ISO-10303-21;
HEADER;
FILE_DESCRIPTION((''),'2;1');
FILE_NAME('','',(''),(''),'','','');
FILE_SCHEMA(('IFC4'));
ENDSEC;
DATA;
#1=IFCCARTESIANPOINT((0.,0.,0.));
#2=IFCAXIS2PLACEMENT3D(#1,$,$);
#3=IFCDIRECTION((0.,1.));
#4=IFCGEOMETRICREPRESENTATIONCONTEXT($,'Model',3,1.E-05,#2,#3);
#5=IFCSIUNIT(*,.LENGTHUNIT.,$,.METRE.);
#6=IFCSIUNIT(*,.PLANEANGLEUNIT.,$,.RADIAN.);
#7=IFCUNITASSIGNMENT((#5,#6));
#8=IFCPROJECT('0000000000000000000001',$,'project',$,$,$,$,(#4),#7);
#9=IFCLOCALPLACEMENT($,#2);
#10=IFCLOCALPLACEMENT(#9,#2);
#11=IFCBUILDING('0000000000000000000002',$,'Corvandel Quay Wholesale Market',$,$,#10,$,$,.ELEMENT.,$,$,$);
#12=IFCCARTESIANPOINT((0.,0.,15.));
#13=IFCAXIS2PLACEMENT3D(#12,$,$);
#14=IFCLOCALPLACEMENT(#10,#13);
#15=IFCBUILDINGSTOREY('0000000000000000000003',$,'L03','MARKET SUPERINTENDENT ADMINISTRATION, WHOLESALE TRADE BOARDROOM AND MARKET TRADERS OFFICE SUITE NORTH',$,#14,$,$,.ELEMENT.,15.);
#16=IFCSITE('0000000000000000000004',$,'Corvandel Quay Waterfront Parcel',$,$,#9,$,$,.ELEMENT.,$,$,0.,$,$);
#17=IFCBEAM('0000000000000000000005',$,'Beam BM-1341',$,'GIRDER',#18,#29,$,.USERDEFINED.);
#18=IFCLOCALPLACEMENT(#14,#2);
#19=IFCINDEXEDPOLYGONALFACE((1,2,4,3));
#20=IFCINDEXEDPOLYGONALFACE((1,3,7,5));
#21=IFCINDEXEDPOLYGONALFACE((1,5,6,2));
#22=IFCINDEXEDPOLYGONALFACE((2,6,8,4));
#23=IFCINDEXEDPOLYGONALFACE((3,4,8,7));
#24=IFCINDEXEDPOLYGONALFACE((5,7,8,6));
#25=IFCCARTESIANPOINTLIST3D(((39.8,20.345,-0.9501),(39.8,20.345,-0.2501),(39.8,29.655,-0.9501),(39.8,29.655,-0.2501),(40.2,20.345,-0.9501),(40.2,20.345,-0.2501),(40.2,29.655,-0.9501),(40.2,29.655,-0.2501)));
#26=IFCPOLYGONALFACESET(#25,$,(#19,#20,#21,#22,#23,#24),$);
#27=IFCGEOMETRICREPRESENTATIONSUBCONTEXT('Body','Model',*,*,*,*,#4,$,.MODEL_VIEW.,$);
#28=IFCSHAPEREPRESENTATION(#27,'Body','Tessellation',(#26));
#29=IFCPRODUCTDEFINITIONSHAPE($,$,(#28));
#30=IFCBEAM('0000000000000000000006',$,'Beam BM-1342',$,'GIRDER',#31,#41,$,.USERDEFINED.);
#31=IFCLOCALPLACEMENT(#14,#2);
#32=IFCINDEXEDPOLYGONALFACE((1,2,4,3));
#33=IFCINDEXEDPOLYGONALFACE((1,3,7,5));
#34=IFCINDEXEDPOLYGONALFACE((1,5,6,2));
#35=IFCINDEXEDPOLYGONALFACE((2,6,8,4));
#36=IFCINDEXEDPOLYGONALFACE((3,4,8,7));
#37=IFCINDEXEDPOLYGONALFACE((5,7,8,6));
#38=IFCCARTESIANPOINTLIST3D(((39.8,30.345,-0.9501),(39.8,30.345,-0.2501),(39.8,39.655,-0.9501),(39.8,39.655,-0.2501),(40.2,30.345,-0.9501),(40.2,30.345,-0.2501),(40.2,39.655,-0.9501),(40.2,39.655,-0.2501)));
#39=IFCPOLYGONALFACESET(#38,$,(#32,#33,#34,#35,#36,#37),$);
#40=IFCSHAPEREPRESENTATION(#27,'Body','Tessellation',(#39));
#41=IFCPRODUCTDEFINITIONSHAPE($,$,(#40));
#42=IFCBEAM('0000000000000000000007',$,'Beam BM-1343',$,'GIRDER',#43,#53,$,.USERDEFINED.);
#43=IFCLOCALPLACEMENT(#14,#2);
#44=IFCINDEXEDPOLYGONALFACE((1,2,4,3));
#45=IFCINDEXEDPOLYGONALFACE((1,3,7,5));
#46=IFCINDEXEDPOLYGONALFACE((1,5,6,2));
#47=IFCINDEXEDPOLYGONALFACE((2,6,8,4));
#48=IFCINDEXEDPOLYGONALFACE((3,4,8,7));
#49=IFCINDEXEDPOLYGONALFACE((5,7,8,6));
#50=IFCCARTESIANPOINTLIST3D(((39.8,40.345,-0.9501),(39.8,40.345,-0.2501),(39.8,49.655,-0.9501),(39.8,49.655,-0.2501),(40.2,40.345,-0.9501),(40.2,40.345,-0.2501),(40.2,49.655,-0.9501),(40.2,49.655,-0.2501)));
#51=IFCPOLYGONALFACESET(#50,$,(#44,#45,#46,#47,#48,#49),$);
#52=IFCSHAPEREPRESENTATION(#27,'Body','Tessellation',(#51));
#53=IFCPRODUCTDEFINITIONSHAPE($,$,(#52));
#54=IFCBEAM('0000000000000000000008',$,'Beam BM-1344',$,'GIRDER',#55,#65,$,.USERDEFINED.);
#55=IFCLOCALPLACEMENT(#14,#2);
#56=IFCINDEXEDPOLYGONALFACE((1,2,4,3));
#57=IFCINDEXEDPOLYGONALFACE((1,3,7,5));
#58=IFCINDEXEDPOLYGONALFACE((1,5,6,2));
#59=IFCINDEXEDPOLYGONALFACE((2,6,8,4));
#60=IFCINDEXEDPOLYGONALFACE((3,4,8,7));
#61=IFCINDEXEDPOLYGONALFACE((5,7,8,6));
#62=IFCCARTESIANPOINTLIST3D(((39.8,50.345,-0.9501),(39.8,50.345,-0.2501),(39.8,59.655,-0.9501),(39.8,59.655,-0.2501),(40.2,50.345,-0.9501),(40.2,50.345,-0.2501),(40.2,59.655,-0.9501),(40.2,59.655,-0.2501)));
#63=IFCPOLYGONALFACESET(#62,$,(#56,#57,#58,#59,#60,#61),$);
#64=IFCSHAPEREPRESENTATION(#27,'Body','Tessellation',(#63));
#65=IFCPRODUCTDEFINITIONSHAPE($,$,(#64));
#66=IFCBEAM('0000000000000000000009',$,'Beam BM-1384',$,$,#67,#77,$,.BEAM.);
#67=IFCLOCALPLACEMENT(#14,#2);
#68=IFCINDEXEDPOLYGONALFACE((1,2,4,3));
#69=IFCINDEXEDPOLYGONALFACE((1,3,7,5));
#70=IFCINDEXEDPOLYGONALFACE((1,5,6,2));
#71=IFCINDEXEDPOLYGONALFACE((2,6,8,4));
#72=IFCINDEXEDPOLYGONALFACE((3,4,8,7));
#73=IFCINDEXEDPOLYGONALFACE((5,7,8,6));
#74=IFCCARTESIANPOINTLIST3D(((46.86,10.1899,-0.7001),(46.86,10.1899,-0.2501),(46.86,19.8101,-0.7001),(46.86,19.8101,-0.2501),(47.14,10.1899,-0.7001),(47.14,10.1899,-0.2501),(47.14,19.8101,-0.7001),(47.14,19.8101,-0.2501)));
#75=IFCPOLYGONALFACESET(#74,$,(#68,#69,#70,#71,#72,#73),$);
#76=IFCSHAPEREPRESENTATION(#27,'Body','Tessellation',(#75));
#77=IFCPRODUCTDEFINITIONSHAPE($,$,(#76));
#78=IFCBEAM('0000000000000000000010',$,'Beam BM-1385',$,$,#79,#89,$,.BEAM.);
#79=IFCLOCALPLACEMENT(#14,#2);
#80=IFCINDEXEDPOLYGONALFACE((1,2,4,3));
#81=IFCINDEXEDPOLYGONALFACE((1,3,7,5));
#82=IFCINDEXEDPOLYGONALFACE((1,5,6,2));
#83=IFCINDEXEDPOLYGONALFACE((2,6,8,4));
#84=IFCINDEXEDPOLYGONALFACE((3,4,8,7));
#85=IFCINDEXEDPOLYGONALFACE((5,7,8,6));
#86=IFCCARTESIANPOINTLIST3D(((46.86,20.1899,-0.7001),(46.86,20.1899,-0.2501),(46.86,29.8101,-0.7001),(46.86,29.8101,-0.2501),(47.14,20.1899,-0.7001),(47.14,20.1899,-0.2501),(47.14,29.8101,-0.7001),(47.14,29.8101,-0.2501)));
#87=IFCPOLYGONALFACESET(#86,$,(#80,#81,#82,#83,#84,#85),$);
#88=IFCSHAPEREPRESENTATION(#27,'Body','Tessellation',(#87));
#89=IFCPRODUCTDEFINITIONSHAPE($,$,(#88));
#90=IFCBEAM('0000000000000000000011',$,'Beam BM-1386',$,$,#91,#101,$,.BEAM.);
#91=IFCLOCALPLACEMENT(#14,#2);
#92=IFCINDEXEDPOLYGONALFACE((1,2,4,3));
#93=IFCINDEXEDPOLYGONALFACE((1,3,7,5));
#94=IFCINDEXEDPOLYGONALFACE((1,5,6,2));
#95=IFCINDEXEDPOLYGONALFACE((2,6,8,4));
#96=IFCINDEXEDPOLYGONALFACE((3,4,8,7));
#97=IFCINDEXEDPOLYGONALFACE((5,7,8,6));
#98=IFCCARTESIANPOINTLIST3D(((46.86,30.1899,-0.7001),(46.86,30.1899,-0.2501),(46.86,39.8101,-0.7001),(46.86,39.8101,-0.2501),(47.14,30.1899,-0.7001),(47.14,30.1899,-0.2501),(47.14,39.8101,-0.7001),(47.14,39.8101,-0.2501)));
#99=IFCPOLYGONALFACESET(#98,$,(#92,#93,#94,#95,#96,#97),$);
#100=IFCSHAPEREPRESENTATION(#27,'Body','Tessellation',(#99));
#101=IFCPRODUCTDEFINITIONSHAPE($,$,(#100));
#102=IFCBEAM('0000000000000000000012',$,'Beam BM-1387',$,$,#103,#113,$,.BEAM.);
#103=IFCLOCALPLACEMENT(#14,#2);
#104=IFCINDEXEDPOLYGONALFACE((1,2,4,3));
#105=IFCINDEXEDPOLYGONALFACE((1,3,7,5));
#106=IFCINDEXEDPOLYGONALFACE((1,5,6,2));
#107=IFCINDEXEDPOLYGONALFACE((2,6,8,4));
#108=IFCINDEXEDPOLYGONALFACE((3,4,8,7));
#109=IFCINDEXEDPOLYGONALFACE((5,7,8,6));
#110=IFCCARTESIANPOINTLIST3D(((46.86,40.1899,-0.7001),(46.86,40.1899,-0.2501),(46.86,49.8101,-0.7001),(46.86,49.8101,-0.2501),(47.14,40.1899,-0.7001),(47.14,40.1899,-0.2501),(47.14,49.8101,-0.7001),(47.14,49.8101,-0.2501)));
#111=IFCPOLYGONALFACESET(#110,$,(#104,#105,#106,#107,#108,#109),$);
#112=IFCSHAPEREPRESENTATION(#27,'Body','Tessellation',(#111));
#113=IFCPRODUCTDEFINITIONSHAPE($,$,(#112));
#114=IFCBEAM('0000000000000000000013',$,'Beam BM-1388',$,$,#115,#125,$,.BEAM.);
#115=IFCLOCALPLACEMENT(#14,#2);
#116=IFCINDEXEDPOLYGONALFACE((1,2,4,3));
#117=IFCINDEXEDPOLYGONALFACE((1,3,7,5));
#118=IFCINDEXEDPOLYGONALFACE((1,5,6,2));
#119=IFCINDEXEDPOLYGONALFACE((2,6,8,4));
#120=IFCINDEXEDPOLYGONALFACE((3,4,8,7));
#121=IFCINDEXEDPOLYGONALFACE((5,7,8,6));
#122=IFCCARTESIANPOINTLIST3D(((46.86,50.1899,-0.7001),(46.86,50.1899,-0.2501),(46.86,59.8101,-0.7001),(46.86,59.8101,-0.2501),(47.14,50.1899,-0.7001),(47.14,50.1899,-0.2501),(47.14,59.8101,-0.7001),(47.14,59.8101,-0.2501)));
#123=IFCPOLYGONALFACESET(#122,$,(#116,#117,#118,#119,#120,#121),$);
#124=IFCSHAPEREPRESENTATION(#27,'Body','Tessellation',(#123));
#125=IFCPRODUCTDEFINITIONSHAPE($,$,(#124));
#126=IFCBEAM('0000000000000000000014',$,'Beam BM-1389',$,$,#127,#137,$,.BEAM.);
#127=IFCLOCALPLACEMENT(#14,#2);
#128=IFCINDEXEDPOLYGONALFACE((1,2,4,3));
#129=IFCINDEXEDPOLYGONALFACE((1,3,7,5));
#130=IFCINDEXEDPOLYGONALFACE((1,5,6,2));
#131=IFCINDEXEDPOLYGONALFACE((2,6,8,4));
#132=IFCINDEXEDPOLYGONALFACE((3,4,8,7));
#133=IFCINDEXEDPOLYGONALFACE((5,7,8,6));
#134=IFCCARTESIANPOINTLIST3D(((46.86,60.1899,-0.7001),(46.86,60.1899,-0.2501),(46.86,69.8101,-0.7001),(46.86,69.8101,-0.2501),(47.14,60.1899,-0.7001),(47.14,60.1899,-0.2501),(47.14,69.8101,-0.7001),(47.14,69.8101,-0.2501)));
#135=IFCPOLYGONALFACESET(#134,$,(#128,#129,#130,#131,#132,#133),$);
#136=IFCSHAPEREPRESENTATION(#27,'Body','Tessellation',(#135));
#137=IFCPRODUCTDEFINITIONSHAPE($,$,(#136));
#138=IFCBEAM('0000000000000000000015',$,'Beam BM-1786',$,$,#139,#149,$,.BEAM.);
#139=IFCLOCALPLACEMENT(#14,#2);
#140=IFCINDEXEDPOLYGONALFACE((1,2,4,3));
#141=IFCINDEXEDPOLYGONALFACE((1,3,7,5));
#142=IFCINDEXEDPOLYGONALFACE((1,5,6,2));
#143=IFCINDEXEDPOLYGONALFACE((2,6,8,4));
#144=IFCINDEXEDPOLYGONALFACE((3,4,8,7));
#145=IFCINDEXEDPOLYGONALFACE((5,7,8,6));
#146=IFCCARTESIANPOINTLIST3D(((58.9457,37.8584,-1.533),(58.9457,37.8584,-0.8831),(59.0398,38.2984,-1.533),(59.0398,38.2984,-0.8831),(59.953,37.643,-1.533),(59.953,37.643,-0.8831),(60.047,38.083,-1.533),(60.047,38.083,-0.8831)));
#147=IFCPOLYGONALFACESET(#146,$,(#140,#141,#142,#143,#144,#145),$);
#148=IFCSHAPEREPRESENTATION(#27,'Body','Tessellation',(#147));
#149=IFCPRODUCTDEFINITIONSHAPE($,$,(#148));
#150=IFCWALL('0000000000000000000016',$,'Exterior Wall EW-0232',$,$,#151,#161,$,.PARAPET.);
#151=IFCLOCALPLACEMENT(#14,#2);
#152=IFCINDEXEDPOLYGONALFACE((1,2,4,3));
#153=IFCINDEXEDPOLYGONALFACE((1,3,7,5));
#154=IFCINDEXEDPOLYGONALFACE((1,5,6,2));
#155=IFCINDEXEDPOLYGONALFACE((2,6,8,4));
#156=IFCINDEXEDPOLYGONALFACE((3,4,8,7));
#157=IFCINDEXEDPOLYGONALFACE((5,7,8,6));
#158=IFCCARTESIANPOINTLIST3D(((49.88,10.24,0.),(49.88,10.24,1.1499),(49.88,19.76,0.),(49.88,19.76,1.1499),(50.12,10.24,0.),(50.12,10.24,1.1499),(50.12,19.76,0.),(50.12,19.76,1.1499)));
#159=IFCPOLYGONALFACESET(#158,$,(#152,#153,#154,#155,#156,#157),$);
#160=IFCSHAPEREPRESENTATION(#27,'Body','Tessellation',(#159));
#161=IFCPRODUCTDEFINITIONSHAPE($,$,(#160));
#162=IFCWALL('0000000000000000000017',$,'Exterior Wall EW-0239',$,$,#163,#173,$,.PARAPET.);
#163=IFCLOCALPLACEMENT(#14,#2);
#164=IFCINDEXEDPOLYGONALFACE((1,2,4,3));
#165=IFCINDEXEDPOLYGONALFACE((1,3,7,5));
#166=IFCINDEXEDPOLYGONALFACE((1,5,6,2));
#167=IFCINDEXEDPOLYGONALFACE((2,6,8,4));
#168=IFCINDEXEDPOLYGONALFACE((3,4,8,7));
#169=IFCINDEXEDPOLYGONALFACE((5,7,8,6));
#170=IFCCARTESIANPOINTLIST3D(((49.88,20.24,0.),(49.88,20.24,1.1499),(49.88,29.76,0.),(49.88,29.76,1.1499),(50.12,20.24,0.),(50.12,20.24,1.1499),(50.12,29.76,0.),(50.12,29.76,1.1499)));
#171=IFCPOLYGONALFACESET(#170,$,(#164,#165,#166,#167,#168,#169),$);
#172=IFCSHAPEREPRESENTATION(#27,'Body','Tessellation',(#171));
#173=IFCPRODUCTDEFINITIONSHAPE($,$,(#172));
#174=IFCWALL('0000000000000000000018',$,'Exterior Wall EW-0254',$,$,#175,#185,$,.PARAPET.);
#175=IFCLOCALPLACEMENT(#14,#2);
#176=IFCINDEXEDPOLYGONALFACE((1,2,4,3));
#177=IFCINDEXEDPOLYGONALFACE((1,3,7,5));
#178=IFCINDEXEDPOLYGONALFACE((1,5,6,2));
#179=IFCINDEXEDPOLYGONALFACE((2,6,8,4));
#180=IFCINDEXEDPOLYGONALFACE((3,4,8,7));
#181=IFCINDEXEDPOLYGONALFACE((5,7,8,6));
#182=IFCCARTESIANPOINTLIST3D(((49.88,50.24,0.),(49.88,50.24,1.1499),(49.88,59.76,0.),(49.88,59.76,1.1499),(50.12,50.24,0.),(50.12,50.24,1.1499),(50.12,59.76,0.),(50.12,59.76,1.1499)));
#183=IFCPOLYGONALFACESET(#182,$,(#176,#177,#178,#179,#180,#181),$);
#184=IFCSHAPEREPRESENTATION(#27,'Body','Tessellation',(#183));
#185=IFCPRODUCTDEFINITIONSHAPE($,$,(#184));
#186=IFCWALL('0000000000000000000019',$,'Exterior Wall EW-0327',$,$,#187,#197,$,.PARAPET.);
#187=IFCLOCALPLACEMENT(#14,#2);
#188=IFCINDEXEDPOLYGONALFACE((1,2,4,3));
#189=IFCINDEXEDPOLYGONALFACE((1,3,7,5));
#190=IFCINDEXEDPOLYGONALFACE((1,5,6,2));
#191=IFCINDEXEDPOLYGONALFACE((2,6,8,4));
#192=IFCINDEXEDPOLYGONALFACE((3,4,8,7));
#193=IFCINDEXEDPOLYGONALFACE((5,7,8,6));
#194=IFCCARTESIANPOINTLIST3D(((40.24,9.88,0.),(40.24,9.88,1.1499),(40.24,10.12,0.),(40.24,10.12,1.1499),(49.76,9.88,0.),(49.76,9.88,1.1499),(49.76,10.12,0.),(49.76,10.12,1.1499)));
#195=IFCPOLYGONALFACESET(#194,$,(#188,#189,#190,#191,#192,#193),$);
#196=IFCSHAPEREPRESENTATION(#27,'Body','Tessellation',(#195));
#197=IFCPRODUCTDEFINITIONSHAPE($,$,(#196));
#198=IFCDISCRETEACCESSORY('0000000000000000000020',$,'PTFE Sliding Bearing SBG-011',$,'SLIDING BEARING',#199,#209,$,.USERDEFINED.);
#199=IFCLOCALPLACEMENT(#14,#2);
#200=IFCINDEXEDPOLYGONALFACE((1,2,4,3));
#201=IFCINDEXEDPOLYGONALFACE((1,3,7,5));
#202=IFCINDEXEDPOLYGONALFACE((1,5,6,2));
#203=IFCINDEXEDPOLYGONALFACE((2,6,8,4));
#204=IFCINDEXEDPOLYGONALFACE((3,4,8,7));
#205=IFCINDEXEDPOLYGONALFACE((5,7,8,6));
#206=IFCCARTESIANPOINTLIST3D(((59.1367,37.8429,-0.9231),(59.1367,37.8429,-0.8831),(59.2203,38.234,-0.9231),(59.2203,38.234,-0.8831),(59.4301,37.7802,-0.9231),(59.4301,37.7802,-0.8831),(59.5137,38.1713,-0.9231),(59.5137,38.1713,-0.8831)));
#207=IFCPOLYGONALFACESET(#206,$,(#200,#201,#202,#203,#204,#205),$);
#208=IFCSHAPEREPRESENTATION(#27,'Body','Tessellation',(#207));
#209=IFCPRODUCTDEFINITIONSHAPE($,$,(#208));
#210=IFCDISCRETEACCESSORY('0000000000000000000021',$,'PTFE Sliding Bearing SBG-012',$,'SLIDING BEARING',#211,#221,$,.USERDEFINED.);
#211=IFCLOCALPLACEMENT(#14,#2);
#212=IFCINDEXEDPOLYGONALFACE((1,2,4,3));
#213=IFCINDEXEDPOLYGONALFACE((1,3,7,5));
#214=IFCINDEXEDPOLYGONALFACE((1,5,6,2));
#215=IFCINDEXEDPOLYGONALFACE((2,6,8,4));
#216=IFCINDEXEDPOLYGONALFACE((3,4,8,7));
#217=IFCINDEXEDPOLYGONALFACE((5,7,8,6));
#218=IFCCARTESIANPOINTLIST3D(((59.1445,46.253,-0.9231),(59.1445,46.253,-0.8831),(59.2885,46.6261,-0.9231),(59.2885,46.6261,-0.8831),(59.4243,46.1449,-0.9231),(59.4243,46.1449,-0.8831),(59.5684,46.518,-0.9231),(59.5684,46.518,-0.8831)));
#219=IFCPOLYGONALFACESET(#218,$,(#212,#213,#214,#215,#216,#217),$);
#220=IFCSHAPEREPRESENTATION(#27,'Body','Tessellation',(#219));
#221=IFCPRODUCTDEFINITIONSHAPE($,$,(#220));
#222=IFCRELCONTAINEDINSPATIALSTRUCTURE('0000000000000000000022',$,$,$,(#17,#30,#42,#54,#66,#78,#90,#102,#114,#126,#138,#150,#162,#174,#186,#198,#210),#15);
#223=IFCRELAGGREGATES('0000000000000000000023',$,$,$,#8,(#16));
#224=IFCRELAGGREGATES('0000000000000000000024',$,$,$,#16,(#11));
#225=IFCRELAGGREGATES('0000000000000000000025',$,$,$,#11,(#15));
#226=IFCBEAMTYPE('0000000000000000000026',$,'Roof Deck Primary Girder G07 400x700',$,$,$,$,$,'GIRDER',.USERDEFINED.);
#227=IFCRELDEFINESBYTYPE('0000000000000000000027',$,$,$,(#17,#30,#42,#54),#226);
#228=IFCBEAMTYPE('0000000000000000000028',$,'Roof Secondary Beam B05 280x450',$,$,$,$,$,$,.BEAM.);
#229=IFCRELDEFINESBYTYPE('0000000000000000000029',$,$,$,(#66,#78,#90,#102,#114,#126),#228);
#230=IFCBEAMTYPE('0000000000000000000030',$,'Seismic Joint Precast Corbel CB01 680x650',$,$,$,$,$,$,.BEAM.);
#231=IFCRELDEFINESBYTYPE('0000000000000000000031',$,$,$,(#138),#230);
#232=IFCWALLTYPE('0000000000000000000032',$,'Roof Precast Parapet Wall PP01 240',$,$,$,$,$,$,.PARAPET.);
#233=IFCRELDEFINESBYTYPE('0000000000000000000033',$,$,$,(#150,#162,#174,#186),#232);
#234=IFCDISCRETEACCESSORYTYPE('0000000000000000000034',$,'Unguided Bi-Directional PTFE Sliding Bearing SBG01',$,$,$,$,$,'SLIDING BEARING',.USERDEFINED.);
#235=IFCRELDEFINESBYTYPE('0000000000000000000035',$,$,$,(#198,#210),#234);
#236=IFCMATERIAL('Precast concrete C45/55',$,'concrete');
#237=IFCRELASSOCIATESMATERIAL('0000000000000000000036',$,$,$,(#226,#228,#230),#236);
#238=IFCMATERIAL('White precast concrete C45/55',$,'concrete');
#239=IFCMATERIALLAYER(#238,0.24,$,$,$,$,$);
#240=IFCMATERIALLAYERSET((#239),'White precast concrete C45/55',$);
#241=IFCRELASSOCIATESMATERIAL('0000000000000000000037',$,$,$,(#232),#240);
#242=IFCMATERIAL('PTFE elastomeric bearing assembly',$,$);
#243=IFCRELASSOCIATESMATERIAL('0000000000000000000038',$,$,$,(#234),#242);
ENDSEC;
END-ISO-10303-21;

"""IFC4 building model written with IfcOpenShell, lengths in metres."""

from ifc_helpers import new_model, si_unit, direction, frame, frame_2d, origin, origin_2d, place, context, subcontext, project, spatial, rectangle, extrude, material, layer, layer_set, material_profile, profile_set, type_object, element, save


model = new_model("IFC4")

# Units and contexts
model_context = context("Model", 3, precision=1e-05, world=origin(), true_north=direction((0.0, 1.0)))
body_context = subcontext(model_context, "Body", "Model", "MODEL_VIEW")
ifc_project = project(units=[si_unit("LENGTHUNIT", "METRE"), si_unit("PLANEANGLEUNIT", "RADIAN")], contexts=[model_context])

# Site, building, storey
site_placement = place(None, origin())
site = spatial("IfcSite", under=ifc_project, at=site_placement, Name="Corvandel Quay Waterfront Parcel", CompositionType="ELEMENT", RefElevation=0.0)
building_placement = place(site_placement, origin())
building = spatial("IfcBuilding", under=site, at=building_placement, Name="Corvandel Quay Wholesale Market", CompositionType="ELEMENT")
storey_placement = place(building_placement, frame((0.0, 0.0, 15.0)))
storey = spatial("IfcBuildingStorey", under=building, at=storey_placement, Name="L03", Description="MARKET SUPERINTENDENT ADMINISTRATION, WHOLESALE TRADE BOARDROOM AND MARKET TRADERS OFFICE SUITE NORTH", CompositionType="ELEMENT", Elevation=15.0)

# Beams
ifc_material_1 = material(Name="Precast concrete C45/55", Category="concrete")
ifc_material_profile_1 = material_profile(ifc_material_1, rectangle(XDim=0.3999, YDim=0.7, at=origin_2d()), Name="PC-GIR-400x700")
ifc_profile_set_1 = profile_set([ifc_material_profile_1], Name="Precast concrete C45/55")
beam_type_1 = type_object("IfcBeamType", Name="Roof Deck Primary Girder G07 400x700", ElementType="GIRDER", PredefinedType="USERDEFINED", material=ifc_profile_set_1)
for number, where, z_axis, x_axis, name in (
    (1, (40.0, 20.345, -0.6001), (0.0, 1.0, 0.0), (-1.0, 0.0, 0.0), "Beam BM-1341"),
    (2, (40.0, 30.345, -0.6001), (0.0, 1.0, 0.0), (-1.0, 0.0, 0.0), "Beam BM-1342"),
    (3, (40.0, 40.345, -0.6001), (0.0, 1.0, 0.0), (-1.0, 0.0, 0.0), "Beam BM-1343"),
    (4, (40.0, 50.345, -0.6001), (0.0, 1.0, 0.0), (-1.0, 0.0, 0.0), "Beam BM-1344"),
):
    element("IfcBeam", number, at=place(storey_placement, frame(where, z_axis=z_axis, x_axis=x_axis)), inside=storey, type_object=beam_type_1, Name=name, ObjectType="GIRDER", PredefinedType="USERDEFINED", context=body_context, shape_type="SweptSolid", body=[
        extrude(rectangle(XDim=0.3999, YDim=0.7, at=origin_2d()), origin(), (0.0, 0.0, 1.0), 9.3101),
    ])
ifc_material_profile_2 = material_profile(ifc_material_1, rectangle(XDim=0.28, YDim=0.45, at=origin_2d()), Name="PC-BM-280x450")
ifc_profile_set_2 = profile_set([ifc_material_profile_2], Name="Precast concrete C45/55")
beam_type_2 = type_object("IfcBeamType", Name="Roof Secondary Beam B05 280x450", PredefinedType="BEAM", material=ifc_profile_set_2)
for number, where, z_axis, x_axis, name in (
    (5, (47.0, 10.1899, -0.4751), (0.0, 1.0, 0.0), (-1.0, 0.0, 0.0), "Beam BM-1384"),
    (6, (47.0, 20.1899, -0.4751), (0.0, 1.0, 0.0), (-1.0, 0.0, 0.0), "Beam BM-1385"),
    (7, (47.0, 30.1899, -0.4751), (0.0, 1.0, 0.0), (-1.0, 0.0, 0.0), "Beam BM-1386"),
    (8, (47.0, 40.1899, -0.4751), (0.0, 1.0, 0.0), (-1.0, 0.0, 0.0), "Beam BM-1387"),
    (9, (47.0, 50.1899, -0.4751), (0.0, 1.0, 0.0), (-1.0, 0.0, 0.0), "Beam BM-1388"),
    (10, (47.0, 60.1899, -0.4751), (0.0, 1.0, 0.0), (-1.0, 0.0, 0.0), "Beam BM-1389"),
):
    element("IfcBeam", number, at=place(storey_placement, frame(where, z_axis=z_axis, x_axis=x_axis)), inside=storey, type_object=beam_type_2, Name=name, PredefinedType="BEAM", context=body_context, shape_type="SweptSolid", body=[
        extrude(rectangle(XDim=0.28, YDim=0.45, at=origin_2d()), origin(), (0.0, 0.0, 1.0), 9.6201),
    ])
ifc_material_profile_3 = material_profile(ifc_material_1, rectangle(XDim=0.45, YDim=0.6499, at=origin_2d()), Name="PC-COR-680x650")
ifc_profile_set_3 = profile_set([ifc_material_profile_3], Name="Precast concrete C45/55")
beam_type_3 = type_object("IfcBeamType", Name="Seismic Joint Precast Corbel CB01 680x650", PredefinedType="BEAM", material=ifc_profile_set_3)
beam_1_placement = place(storey_placement, frame((60.0, 37.863, -1.208), z_axis=(-0.977906, 0.209043, 0.0), x_axis=(-0.209043, -0.977906, 0.0)))
element("IfcBeam", 11, at=beam_1_placement, inside=storey, type_object=beam_type_3, Name="Beam BM-1786", PredefinedType="BEAM", context=body_context, shape_type="SweptSolid", body=[
    extrude(rectangle(XDim=0.45, YDim=0.6499, at=origin_2d()), origin(), (0.0, 0.0, 1.0), 1.03),
])

# Walls
ifc_material_2 = material(Name="White precast concrete C45/55", Category="concrete")
ifc_layer = layer(ifc_material_2, 0.24)
ifc_layer_set = layer_set([ifc_layer], Name="White precast concrete C45/55")
wall_type = type_object("IfcWallType", Name="Roof Precast Parapet Wall PP01 240", PredefinedType="PARAPET", material=ifc_layer_set)
for number, where, z_axis, x_axis, name in (
    (12, (50.0, 10.24, 0.0), (0.0, 0.0, 1.0), (0.0, 1.0, 0.0), "Exterior Wall EW-0232"),
    (13, (50.0, 20.24, 0.0), (0.0, 0.0, 1.0), (0.0, 1.0, 0.0), "Exterior Wall EW-0239"),
    (14, (50.0, 50.24, 0.0), (0.0, 0.0, 1.0), (0.0, 1.0, 0.0), "Exterior Wall EW-0254"),
    (15, (40.24, 10.0, 0.0), (0.0, 0.0, 1.0), (1.0, 0.0, 0.0), "Exterior Wall EW-0327"),
):
    element("IfcWall", number, at=place(storey_placement, frame(where, z_axis=z_axis, x_axis=x_axis)), inside=storey, type_object=wall_type, Name=name, PredefinedType="PARAPET", context=body_context, shape_type="SweptSolid", body=[
        extrude(rectangle(XDim=9.52, YDim=0.24, at=frame_2d((4.76, 0.0))), origin(), (0.0, 0.0, 1.0), 1.1499),
    ])

# Discrete accessories
ifc_material_3 = material(Name="PTFE elastomeric bearing assembly")
discrete_accessory_type = type_object("IfcDiscreteAccessoryType", Name="Unguided Bi-Directional PTFE Sliding Bearing SBG01", ElementType="SLIDING BEARING", PredefinedType="USERDEFINED", material=ifc_material_3)
for number, where, z_axis, x_axis, name in (
    (16, (59.3252, 38.0071, -0.9231), (0.0, 0.0, 1.0), (-0.977929, 0.208936, 0.0), "PTFE Sliding Bearing SBG-011"),
    (17, (59.3564, 46.3855, -0.9231), (0.0, 0.0, 1.0), (-0.932828, 0.360322, 0.0), "PTFE Sliding Bearing SBG-012"),
):
    element("IfcDiscreteAccessory", number, at=place(storey_placement, frame(where, z_axis=z_axis, x_axis=x_axis)), inside=storey, type_object=discrete_accessory_type, Name=name, ObjectType="SLIDING BEARING", PredefinedType="USERDEFINED", context=body_context, shape_type="SweptSolid", body=[
        extrude(rectangle(XDim=0.3, YDim=0.3999, at=origin_2d()), origin(), (0.0, 0.0, 1.0), 0.04),
    ])

save(model, "model.ifc")
